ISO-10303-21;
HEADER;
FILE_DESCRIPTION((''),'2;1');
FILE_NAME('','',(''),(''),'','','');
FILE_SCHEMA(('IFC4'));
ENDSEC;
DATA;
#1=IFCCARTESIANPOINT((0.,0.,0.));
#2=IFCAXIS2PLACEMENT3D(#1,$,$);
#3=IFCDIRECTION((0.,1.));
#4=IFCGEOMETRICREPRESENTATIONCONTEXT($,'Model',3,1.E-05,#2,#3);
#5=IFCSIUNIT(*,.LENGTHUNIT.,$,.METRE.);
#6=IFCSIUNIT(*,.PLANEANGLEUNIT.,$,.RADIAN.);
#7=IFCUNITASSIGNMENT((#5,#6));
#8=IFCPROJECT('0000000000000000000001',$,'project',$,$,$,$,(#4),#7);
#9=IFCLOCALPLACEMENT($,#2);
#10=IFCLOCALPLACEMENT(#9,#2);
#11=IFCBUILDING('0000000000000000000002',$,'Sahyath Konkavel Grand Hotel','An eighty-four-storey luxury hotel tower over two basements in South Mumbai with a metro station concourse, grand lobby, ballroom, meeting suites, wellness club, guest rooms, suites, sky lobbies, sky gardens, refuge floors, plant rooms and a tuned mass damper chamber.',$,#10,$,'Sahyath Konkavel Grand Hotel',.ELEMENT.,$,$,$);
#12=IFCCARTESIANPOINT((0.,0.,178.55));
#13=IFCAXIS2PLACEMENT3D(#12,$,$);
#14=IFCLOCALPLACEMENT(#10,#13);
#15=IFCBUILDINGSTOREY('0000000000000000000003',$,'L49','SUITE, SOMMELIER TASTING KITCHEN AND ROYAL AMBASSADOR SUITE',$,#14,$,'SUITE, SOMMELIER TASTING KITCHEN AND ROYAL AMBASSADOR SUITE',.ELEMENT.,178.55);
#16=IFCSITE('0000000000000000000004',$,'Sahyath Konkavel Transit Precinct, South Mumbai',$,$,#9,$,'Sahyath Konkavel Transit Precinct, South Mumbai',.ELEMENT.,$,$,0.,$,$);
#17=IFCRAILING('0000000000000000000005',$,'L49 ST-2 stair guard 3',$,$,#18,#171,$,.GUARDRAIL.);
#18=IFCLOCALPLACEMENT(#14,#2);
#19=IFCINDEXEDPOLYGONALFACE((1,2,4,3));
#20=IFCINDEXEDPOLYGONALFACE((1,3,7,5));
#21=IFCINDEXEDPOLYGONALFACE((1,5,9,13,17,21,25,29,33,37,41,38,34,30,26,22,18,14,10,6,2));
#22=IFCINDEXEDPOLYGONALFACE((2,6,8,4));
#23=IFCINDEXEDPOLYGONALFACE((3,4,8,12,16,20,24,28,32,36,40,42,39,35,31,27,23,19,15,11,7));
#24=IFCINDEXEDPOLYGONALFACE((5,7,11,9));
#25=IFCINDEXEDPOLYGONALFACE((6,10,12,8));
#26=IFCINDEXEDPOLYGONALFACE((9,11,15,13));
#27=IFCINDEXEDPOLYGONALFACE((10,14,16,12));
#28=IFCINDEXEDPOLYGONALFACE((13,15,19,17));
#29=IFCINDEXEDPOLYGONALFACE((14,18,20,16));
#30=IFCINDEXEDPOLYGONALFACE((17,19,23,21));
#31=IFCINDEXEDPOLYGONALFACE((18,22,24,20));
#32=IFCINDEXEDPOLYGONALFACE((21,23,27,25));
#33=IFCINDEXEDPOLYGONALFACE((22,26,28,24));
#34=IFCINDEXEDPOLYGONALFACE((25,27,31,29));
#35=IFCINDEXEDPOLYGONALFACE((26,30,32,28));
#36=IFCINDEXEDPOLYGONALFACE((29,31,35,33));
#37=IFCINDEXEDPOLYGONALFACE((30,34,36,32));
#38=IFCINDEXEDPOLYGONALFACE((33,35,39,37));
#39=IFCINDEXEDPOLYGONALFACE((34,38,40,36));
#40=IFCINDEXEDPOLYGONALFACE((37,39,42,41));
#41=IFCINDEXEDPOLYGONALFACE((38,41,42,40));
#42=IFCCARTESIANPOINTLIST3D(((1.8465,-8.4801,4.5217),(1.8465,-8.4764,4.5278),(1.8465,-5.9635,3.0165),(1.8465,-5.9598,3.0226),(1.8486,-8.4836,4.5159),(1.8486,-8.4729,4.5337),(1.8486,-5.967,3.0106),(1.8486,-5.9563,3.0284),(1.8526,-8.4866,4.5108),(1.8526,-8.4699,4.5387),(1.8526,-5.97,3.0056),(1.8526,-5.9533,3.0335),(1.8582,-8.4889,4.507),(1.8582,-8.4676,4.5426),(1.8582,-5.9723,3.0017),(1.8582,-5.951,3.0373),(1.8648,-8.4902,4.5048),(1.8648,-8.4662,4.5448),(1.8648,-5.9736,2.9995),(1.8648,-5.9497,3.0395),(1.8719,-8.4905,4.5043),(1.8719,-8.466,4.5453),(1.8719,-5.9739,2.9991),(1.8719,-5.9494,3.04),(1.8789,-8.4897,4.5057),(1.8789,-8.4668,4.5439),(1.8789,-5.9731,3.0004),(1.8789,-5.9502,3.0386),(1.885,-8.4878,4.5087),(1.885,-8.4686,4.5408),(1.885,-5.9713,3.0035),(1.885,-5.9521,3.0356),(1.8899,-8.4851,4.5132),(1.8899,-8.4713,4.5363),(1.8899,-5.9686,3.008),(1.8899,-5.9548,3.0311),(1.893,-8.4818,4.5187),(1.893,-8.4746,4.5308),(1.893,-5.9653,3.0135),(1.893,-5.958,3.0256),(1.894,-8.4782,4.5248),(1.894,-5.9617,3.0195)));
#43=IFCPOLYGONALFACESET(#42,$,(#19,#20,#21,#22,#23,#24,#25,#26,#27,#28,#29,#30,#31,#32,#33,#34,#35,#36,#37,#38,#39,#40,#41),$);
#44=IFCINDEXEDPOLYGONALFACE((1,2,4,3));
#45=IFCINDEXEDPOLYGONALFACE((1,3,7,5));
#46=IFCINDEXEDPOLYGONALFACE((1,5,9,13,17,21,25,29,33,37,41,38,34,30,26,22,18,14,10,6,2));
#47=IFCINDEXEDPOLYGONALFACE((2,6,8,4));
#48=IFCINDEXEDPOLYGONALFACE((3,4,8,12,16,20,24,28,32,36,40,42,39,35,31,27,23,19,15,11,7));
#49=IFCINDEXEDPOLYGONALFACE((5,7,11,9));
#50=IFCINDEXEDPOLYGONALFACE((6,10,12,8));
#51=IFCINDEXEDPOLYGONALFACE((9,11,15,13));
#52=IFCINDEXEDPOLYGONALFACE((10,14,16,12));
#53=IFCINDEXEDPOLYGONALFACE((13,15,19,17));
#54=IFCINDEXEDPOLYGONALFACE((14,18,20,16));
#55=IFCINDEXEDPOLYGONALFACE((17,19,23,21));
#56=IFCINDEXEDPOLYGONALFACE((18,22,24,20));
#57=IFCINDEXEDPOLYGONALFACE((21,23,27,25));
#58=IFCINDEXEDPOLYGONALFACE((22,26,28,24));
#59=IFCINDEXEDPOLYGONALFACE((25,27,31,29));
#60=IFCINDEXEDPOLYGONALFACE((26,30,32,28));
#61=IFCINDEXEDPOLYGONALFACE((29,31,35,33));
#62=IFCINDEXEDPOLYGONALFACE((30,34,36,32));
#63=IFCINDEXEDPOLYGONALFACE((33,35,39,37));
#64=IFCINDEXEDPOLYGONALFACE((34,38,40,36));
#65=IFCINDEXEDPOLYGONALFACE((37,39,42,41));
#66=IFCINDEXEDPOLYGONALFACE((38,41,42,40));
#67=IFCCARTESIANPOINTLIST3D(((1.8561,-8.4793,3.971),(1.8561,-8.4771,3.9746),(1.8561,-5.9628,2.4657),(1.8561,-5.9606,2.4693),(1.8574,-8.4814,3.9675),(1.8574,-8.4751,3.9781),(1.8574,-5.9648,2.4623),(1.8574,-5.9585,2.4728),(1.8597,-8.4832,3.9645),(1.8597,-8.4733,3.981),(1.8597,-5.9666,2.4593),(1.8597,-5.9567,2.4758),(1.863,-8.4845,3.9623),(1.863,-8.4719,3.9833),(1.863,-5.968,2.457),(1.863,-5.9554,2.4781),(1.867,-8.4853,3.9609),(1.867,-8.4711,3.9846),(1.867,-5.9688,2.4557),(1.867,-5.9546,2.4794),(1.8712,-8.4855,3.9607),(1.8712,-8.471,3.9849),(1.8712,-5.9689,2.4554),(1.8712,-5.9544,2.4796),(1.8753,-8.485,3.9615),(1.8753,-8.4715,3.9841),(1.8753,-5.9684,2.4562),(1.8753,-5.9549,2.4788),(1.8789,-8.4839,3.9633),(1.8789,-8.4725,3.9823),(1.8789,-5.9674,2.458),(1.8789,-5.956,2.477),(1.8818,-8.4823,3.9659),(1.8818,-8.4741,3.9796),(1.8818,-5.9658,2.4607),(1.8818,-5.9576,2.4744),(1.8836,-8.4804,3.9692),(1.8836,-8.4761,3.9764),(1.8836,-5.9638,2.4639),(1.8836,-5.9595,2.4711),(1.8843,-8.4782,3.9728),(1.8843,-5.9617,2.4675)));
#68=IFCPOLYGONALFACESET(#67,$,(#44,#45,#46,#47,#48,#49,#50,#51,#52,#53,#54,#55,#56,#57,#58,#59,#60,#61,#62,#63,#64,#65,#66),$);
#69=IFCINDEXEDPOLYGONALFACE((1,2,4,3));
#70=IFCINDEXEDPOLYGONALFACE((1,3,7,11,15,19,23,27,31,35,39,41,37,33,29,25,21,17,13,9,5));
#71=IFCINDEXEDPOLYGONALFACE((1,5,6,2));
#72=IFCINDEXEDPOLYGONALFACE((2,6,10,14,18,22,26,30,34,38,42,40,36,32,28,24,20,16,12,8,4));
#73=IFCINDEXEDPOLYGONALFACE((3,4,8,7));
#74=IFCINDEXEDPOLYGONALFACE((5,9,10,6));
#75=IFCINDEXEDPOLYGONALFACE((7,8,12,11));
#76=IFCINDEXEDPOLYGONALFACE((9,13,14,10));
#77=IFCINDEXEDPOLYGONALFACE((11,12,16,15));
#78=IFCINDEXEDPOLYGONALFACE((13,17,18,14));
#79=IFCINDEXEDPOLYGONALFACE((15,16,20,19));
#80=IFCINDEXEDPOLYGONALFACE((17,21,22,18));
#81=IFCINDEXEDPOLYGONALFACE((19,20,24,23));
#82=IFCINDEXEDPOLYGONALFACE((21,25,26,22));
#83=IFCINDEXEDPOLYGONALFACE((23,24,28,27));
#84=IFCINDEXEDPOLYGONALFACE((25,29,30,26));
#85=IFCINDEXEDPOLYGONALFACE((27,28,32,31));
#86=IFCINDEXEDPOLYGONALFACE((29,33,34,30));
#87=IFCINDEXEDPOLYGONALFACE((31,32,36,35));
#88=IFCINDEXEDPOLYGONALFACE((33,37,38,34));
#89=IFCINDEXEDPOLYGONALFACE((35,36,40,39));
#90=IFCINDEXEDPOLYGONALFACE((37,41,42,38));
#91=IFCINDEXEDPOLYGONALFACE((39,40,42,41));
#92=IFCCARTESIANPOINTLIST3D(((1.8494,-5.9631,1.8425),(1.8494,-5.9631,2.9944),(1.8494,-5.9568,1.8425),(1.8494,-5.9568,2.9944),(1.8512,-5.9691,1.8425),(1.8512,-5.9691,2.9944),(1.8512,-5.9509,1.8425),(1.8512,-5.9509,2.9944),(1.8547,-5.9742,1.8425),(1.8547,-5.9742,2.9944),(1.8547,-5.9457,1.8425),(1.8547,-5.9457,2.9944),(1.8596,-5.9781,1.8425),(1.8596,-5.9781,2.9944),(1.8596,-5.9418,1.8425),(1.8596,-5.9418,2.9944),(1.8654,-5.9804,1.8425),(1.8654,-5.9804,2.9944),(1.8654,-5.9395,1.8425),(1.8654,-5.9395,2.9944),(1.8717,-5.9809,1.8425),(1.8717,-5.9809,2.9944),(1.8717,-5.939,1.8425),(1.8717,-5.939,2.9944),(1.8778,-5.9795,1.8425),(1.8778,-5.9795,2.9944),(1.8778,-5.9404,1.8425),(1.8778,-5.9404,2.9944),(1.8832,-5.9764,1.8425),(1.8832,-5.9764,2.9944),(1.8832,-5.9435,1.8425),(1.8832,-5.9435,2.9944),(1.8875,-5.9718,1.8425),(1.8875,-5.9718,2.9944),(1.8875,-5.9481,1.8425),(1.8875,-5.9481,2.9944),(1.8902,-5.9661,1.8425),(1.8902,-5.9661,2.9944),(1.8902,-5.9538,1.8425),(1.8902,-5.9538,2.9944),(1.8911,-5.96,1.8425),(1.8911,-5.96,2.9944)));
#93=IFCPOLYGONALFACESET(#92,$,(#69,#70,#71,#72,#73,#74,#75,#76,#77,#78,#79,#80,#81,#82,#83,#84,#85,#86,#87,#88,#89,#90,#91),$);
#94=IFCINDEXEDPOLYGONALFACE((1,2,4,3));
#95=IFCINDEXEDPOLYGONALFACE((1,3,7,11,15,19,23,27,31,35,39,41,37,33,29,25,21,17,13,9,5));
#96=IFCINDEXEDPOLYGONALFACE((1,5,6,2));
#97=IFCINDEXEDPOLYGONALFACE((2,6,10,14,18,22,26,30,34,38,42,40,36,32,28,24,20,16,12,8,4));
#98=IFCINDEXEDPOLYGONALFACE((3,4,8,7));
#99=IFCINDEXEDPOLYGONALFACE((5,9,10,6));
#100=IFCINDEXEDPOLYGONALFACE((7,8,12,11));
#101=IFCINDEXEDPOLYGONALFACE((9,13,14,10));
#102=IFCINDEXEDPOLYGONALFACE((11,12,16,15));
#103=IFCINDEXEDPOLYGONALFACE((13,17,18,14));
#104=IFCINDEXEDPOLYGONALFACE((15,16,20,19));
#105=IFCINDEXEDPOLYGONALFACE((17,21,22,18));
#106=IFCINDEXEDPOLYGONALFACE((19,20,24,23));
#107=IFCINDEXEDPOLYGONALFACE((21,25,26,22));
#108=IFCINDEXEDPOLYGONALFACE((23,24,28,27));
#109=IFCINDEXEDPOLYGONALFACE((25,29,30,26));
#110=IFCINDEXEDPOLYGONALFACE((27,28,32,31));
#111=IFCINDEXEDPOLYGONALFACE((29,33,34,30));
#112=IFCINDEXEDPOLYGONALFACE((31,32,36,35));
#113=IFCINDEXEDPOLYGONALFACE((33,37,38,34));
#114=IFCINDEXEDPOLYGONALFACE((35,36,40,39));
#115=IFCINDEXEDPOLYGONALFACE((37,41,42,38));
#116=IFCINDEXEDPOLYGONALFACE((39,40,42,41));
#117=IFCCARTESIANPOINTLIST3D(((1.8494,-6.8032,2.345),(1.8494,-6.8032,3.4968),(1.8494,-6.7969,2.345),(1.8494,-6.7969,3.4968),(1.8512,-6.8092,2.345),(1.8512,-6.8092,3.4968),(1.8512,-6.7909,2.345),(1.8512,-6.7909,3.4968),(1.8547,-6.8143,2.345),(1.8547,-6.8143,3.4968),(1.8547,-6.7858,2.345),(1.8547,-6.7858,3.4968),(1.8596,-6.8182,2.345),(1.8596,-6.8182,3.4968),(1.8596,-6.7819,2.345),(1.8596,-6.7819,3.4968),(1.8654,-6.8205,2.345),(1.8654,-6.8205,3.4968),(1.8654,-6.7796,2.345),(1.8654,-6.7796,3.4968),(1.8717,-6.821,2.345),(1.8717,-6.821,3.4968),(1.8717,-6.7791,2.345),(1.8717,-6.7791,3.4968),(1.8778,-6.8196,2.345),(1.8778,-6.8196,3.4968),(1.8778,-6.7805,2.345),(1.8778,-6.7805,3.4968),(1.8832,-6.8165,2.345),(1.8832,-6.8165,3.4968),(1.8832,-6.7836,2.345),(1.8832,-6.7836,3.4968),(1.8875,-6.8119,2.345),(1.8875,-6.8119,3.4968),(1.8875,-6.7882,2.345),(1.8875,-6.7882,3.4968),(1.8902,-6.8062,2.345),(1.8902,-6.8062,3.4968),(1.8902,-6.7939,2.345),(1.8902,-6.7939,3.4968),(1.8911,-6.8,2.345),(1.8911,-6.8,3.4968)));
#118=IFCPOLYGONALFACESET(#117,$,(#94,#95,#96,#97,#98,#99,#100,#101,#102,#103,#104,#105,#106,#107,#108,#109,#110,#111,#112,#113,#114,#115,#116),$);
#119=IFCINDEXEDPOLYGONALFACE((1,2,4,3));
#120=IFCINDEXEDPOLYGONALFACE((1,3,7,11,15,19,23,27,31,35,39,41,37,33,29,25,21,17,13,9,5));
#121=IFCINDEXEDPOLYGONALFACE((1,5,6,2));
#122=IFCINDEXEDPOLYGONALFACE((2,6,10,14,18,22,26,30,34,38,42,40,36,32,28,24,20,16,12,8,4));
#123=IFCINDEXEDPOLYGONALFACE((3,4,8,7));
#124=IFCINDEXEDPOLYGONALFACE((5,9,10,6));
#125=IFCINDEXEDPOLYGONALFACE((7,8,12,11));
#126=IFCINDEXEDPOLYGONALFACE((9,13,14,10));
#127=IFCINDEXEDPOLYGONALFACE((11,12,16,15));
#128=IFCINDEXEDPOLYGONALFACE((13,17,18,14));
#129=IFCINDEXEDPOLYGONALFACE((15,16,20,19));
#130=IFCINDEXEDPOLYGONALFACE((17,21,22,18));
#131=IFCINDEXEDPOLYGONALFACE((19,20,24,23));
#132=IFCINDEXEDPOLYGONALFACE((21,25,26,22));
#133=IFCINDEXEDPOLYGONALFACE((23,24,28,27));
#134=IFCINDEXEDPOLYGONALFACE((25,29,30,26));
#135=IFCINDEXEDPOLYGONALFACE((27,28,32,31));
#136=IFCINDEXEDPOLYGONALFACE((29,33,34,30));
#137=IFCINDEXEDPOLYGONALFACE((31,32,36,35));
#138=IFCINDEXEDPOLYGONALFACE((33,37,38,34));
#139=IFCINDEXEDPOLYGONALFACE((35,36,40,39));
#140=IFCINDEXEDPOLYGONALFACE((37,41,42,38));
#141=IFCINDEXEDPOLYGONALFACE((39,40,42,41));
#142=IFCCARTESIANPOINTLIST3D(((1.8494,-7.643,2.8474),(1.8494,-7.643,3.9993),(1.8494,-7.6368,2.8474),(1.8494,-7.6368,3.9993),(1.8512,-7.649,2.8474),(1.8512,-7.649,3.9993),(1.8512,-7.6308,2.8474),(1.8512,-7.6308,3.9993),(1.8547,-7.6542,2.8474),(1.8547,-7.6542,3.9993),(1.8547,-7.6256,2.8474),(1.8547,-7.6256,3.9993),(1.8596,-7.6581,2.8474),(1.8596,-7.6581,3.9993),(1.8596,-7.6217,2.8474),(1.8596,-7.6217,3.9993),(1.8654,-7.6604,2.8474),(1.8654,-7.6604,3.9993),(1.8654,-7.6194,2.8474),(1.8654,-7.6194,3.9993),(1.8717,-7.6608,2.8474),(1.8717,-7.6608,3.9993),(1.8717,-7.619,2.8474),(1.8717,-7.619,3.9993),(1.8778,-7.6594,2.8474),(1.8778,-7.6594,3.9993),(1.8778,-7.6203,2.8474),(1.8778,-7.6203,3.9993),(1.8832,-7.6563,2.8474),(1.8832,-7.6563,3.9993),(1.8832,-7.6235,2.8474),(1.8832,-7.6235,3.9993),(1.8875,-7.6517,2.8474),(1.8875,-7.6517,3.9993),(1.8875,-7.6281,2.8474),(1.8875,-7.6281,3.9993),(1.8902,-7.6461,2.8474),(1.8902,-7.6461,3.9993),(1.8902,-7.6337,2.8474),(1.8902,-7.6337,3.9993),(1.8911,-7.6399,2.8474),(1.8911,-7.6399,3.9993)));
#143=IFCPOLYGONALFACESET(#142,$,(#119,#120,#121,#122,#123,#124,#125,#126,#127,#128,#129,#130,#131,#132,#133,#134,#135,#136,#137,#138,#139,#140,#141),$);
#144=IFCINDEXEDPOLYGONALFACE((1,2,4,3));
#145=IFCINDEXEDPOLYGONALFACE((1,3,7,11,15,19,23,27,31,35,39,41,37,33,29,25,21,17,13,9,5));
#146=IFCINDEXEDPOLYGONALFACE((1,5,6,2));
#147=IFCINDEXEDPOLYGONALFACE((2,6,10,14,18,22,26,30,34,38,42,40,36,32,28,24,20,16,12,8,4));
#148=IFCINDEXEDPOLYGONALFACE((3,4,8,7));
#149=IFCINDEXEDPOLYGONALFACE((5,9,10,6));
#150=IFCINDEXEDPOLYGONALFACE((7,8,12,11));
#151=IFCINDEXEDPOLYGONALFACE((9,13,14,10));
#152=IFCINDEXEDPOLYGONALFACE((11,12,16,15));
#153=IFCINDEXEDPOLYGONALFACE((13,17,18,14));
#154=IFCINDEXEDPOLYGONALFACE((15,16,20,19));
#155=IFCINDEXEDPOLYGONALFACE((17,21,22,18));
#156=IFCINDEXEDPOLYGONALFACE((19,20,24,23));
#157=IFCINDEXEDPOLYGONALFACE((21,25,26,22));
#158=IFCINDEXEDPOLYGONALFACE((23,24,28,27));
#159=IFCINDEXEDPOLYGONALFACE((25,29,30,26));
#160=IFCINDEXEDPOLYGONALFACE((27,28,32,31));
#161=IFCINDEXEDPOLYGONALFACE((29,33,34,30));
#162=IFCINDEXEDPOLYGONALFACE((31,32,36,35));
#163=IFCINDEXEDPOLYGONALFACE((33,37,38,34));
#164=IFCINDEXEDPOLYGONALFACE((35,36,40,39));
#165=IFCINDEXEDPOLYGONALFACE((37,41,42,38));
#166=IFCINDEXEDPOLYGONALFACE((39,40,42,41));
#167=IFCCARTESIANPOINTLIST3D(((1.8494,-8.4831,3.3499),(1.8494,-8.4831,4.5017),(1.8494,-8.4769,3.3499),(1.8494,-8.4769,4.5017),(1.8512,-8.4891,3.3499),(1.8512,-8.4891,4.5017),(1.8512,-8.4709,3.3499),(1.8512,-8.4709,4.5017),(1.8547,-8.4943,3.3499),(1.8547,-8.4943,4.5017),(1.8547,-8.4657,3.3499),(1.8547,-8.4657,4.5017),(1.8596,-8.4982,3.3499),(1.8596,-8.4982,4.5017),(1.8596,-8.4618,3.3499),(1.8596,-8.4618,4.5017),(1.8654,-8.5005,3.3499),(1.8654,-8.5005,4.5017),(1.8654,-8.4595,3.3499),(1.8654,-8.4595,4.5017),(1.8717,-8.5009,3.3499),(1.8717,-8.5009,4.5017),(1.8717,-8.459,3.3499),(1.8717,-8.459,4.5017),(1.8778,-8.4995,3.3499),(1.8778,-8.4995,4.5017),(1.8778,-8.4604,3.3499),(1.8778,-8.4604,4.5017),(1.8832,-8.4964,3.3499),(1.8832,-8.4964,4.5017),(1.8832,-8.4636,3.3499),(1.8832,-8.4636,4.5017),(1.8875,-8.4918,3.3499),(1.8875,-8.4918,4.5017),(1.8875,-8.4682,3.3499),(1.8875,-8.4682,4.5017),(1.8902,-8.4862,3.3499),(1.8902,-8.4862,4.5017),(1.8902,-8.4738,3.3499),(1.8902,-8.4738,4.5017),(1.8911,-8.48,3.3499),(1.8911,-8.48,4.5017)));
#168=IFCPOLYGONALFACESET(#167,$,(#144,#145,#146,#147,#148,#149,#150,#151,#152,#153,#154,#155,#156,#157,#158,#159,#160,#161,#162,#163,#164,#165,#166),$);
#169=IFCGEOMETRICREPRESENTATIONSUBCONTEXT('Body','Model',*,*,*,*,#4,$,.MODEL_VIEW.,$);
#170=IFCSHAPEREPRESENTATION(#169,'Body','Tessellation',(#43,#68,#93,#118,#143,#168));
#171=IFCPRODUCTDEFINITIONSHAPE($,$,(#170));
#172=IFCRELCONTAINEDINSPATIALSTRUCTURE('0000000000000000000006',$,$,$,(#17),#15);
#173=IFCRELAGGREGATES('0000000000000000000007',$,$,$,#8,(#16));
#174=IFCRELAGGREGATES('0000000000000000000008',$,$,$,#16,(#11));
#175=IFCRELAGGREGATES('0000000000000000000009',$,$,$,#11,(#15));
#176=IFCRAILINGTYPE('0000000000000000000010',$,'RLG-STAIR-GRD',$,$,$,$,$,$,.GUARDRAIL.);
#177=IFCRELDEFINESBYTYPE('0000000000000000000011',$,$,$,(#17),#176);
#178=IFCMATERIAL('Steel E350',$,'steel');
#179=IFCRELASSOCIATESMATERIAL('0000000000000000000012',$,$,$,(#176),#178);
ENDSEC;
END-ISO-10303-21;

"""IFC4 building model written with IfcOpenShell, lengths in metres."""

from ifc_helpers import new_model, si_unit, direction, frame, origin, origin_2d, place, context, subcontext, project, spatial, circle, extrude, material, type_object, element, save


model = new_model("IFC4")

# Units and contexts
model_context = context("Model", 3, precision=1e-05, world=origin(), true_north=direction((0.0, 1.0)))
body_context = subcontext(model_context, "Body", "Model", "MODEL_VIEW")
ifc_project = project(units=[si_unit("LENGTHUNIT", "METRE"), si_unit("PLANEANGLEUNIT", "RADIAN")], contexts=[model_context])

# Site, building, storey
site_placement = place(None, origin())
site = spatial("IfcSite", under=ifc_project, at=site_placement, Name="Sahyath Konkavel Transit Precinct, South Mumbai", LongName="Sahyath Konkavel Transit Precinct, South Mumbai", CompositionType="ELEMENT", RefElevation=0.0)
building_placement = place(site_placement, origin())
building = spatial("IfcBuilding", under=site, at=building_placement, Name="Sahyath Konkavel Grand Hotel", Description="An eighty-four-storey luxury hotel tower over two basements in South Mumbai with a metro station concourse, grand lobby, ballroom, meeting suites, wellness club, guest rooms, suites, sky lobbies, sky gardens, refuge floors, plant rooms and a tuned mass damper chamber.", LongName="Sahyath Konkavel Grand Hotel", CompositionType="ELEMENT")
storey_placement = place(building_placement, frame((0.0, 0.0, 178.55)))
storey = spatial("IfcBuildingStorey", under=building, at=storey_placement, Name="L49", Description="SUITE, SOMMELIER TASTING KITCHEN AND ROYAL AMBASSADOR SUITE", LongName="SUITE, SOMMELIER TASTING KITCHEN AND ROYAL AMBASSADOR SUITE", CompositionType="ELEMENT", Elevation=178.55)

# Shared definitions
ifc_material_1 = material(Name="Steel E350", Category="steel")

# Railing
railing_type_1 = type_object("IfcRailingType", Name="RLG-STAIR-GRD", PredefinedType="GUARDRAIL", material=ifc_material_1)
railing_1_placement = place(storey_placement, frame((1.8701, -5.96, 1.8425)))
element("IfcRailing", 1, at=railing_1_placement, inside=storey, type_object=railing_type_1, Name="L49 ST-2 stair guard 3", PredefinedType="GUARDRAIL", context=body_context, shape_type="SweptSolid", body=[
    extrude(circle(Radius=0.0239, at=origin_2d()), frame((0.0, -0.0017, 1.177), z_axis=(0.0, -0.858196, 0.513321), x_axis=(1.0, 0.0, 0.0)), (0.0, 0.0, 1.0), 2.9324),
    extrude(circle(Radius=0.0142, at=origin_2d()), frame((0.0, -0.0017, 0.625), z_axis=(0.0, -0.858196, 0.513321), x_axis=(1.0, 0.0, 0.0)), (0.0, 0.0, 1.0), 2.9324),
    extrude(circle(Radius=0.021, at=origin_2d()), origin(), (0.0, 0.0, 1.0), 1.1519),
    extrude(circle(Radius=0.021, at=origin_2d()), frame((0.0, -0.8401, 0.5024)), (0.0, 0.0, 1.0), 1.1519),
    extrude(circle(Radius=0.021, at=origin_2d()), frame((0.0, -1.6799, 1.0049)), (0.0, 0.0, 1.0), 1.1519),
    extrude(circle(Radius=0.021, at=origin_2d()), frame((0.0, -2.52, 1.5073)), (0.0, 0.0, 1.0), 1.1519),
])

save(model, "model.ifc")
